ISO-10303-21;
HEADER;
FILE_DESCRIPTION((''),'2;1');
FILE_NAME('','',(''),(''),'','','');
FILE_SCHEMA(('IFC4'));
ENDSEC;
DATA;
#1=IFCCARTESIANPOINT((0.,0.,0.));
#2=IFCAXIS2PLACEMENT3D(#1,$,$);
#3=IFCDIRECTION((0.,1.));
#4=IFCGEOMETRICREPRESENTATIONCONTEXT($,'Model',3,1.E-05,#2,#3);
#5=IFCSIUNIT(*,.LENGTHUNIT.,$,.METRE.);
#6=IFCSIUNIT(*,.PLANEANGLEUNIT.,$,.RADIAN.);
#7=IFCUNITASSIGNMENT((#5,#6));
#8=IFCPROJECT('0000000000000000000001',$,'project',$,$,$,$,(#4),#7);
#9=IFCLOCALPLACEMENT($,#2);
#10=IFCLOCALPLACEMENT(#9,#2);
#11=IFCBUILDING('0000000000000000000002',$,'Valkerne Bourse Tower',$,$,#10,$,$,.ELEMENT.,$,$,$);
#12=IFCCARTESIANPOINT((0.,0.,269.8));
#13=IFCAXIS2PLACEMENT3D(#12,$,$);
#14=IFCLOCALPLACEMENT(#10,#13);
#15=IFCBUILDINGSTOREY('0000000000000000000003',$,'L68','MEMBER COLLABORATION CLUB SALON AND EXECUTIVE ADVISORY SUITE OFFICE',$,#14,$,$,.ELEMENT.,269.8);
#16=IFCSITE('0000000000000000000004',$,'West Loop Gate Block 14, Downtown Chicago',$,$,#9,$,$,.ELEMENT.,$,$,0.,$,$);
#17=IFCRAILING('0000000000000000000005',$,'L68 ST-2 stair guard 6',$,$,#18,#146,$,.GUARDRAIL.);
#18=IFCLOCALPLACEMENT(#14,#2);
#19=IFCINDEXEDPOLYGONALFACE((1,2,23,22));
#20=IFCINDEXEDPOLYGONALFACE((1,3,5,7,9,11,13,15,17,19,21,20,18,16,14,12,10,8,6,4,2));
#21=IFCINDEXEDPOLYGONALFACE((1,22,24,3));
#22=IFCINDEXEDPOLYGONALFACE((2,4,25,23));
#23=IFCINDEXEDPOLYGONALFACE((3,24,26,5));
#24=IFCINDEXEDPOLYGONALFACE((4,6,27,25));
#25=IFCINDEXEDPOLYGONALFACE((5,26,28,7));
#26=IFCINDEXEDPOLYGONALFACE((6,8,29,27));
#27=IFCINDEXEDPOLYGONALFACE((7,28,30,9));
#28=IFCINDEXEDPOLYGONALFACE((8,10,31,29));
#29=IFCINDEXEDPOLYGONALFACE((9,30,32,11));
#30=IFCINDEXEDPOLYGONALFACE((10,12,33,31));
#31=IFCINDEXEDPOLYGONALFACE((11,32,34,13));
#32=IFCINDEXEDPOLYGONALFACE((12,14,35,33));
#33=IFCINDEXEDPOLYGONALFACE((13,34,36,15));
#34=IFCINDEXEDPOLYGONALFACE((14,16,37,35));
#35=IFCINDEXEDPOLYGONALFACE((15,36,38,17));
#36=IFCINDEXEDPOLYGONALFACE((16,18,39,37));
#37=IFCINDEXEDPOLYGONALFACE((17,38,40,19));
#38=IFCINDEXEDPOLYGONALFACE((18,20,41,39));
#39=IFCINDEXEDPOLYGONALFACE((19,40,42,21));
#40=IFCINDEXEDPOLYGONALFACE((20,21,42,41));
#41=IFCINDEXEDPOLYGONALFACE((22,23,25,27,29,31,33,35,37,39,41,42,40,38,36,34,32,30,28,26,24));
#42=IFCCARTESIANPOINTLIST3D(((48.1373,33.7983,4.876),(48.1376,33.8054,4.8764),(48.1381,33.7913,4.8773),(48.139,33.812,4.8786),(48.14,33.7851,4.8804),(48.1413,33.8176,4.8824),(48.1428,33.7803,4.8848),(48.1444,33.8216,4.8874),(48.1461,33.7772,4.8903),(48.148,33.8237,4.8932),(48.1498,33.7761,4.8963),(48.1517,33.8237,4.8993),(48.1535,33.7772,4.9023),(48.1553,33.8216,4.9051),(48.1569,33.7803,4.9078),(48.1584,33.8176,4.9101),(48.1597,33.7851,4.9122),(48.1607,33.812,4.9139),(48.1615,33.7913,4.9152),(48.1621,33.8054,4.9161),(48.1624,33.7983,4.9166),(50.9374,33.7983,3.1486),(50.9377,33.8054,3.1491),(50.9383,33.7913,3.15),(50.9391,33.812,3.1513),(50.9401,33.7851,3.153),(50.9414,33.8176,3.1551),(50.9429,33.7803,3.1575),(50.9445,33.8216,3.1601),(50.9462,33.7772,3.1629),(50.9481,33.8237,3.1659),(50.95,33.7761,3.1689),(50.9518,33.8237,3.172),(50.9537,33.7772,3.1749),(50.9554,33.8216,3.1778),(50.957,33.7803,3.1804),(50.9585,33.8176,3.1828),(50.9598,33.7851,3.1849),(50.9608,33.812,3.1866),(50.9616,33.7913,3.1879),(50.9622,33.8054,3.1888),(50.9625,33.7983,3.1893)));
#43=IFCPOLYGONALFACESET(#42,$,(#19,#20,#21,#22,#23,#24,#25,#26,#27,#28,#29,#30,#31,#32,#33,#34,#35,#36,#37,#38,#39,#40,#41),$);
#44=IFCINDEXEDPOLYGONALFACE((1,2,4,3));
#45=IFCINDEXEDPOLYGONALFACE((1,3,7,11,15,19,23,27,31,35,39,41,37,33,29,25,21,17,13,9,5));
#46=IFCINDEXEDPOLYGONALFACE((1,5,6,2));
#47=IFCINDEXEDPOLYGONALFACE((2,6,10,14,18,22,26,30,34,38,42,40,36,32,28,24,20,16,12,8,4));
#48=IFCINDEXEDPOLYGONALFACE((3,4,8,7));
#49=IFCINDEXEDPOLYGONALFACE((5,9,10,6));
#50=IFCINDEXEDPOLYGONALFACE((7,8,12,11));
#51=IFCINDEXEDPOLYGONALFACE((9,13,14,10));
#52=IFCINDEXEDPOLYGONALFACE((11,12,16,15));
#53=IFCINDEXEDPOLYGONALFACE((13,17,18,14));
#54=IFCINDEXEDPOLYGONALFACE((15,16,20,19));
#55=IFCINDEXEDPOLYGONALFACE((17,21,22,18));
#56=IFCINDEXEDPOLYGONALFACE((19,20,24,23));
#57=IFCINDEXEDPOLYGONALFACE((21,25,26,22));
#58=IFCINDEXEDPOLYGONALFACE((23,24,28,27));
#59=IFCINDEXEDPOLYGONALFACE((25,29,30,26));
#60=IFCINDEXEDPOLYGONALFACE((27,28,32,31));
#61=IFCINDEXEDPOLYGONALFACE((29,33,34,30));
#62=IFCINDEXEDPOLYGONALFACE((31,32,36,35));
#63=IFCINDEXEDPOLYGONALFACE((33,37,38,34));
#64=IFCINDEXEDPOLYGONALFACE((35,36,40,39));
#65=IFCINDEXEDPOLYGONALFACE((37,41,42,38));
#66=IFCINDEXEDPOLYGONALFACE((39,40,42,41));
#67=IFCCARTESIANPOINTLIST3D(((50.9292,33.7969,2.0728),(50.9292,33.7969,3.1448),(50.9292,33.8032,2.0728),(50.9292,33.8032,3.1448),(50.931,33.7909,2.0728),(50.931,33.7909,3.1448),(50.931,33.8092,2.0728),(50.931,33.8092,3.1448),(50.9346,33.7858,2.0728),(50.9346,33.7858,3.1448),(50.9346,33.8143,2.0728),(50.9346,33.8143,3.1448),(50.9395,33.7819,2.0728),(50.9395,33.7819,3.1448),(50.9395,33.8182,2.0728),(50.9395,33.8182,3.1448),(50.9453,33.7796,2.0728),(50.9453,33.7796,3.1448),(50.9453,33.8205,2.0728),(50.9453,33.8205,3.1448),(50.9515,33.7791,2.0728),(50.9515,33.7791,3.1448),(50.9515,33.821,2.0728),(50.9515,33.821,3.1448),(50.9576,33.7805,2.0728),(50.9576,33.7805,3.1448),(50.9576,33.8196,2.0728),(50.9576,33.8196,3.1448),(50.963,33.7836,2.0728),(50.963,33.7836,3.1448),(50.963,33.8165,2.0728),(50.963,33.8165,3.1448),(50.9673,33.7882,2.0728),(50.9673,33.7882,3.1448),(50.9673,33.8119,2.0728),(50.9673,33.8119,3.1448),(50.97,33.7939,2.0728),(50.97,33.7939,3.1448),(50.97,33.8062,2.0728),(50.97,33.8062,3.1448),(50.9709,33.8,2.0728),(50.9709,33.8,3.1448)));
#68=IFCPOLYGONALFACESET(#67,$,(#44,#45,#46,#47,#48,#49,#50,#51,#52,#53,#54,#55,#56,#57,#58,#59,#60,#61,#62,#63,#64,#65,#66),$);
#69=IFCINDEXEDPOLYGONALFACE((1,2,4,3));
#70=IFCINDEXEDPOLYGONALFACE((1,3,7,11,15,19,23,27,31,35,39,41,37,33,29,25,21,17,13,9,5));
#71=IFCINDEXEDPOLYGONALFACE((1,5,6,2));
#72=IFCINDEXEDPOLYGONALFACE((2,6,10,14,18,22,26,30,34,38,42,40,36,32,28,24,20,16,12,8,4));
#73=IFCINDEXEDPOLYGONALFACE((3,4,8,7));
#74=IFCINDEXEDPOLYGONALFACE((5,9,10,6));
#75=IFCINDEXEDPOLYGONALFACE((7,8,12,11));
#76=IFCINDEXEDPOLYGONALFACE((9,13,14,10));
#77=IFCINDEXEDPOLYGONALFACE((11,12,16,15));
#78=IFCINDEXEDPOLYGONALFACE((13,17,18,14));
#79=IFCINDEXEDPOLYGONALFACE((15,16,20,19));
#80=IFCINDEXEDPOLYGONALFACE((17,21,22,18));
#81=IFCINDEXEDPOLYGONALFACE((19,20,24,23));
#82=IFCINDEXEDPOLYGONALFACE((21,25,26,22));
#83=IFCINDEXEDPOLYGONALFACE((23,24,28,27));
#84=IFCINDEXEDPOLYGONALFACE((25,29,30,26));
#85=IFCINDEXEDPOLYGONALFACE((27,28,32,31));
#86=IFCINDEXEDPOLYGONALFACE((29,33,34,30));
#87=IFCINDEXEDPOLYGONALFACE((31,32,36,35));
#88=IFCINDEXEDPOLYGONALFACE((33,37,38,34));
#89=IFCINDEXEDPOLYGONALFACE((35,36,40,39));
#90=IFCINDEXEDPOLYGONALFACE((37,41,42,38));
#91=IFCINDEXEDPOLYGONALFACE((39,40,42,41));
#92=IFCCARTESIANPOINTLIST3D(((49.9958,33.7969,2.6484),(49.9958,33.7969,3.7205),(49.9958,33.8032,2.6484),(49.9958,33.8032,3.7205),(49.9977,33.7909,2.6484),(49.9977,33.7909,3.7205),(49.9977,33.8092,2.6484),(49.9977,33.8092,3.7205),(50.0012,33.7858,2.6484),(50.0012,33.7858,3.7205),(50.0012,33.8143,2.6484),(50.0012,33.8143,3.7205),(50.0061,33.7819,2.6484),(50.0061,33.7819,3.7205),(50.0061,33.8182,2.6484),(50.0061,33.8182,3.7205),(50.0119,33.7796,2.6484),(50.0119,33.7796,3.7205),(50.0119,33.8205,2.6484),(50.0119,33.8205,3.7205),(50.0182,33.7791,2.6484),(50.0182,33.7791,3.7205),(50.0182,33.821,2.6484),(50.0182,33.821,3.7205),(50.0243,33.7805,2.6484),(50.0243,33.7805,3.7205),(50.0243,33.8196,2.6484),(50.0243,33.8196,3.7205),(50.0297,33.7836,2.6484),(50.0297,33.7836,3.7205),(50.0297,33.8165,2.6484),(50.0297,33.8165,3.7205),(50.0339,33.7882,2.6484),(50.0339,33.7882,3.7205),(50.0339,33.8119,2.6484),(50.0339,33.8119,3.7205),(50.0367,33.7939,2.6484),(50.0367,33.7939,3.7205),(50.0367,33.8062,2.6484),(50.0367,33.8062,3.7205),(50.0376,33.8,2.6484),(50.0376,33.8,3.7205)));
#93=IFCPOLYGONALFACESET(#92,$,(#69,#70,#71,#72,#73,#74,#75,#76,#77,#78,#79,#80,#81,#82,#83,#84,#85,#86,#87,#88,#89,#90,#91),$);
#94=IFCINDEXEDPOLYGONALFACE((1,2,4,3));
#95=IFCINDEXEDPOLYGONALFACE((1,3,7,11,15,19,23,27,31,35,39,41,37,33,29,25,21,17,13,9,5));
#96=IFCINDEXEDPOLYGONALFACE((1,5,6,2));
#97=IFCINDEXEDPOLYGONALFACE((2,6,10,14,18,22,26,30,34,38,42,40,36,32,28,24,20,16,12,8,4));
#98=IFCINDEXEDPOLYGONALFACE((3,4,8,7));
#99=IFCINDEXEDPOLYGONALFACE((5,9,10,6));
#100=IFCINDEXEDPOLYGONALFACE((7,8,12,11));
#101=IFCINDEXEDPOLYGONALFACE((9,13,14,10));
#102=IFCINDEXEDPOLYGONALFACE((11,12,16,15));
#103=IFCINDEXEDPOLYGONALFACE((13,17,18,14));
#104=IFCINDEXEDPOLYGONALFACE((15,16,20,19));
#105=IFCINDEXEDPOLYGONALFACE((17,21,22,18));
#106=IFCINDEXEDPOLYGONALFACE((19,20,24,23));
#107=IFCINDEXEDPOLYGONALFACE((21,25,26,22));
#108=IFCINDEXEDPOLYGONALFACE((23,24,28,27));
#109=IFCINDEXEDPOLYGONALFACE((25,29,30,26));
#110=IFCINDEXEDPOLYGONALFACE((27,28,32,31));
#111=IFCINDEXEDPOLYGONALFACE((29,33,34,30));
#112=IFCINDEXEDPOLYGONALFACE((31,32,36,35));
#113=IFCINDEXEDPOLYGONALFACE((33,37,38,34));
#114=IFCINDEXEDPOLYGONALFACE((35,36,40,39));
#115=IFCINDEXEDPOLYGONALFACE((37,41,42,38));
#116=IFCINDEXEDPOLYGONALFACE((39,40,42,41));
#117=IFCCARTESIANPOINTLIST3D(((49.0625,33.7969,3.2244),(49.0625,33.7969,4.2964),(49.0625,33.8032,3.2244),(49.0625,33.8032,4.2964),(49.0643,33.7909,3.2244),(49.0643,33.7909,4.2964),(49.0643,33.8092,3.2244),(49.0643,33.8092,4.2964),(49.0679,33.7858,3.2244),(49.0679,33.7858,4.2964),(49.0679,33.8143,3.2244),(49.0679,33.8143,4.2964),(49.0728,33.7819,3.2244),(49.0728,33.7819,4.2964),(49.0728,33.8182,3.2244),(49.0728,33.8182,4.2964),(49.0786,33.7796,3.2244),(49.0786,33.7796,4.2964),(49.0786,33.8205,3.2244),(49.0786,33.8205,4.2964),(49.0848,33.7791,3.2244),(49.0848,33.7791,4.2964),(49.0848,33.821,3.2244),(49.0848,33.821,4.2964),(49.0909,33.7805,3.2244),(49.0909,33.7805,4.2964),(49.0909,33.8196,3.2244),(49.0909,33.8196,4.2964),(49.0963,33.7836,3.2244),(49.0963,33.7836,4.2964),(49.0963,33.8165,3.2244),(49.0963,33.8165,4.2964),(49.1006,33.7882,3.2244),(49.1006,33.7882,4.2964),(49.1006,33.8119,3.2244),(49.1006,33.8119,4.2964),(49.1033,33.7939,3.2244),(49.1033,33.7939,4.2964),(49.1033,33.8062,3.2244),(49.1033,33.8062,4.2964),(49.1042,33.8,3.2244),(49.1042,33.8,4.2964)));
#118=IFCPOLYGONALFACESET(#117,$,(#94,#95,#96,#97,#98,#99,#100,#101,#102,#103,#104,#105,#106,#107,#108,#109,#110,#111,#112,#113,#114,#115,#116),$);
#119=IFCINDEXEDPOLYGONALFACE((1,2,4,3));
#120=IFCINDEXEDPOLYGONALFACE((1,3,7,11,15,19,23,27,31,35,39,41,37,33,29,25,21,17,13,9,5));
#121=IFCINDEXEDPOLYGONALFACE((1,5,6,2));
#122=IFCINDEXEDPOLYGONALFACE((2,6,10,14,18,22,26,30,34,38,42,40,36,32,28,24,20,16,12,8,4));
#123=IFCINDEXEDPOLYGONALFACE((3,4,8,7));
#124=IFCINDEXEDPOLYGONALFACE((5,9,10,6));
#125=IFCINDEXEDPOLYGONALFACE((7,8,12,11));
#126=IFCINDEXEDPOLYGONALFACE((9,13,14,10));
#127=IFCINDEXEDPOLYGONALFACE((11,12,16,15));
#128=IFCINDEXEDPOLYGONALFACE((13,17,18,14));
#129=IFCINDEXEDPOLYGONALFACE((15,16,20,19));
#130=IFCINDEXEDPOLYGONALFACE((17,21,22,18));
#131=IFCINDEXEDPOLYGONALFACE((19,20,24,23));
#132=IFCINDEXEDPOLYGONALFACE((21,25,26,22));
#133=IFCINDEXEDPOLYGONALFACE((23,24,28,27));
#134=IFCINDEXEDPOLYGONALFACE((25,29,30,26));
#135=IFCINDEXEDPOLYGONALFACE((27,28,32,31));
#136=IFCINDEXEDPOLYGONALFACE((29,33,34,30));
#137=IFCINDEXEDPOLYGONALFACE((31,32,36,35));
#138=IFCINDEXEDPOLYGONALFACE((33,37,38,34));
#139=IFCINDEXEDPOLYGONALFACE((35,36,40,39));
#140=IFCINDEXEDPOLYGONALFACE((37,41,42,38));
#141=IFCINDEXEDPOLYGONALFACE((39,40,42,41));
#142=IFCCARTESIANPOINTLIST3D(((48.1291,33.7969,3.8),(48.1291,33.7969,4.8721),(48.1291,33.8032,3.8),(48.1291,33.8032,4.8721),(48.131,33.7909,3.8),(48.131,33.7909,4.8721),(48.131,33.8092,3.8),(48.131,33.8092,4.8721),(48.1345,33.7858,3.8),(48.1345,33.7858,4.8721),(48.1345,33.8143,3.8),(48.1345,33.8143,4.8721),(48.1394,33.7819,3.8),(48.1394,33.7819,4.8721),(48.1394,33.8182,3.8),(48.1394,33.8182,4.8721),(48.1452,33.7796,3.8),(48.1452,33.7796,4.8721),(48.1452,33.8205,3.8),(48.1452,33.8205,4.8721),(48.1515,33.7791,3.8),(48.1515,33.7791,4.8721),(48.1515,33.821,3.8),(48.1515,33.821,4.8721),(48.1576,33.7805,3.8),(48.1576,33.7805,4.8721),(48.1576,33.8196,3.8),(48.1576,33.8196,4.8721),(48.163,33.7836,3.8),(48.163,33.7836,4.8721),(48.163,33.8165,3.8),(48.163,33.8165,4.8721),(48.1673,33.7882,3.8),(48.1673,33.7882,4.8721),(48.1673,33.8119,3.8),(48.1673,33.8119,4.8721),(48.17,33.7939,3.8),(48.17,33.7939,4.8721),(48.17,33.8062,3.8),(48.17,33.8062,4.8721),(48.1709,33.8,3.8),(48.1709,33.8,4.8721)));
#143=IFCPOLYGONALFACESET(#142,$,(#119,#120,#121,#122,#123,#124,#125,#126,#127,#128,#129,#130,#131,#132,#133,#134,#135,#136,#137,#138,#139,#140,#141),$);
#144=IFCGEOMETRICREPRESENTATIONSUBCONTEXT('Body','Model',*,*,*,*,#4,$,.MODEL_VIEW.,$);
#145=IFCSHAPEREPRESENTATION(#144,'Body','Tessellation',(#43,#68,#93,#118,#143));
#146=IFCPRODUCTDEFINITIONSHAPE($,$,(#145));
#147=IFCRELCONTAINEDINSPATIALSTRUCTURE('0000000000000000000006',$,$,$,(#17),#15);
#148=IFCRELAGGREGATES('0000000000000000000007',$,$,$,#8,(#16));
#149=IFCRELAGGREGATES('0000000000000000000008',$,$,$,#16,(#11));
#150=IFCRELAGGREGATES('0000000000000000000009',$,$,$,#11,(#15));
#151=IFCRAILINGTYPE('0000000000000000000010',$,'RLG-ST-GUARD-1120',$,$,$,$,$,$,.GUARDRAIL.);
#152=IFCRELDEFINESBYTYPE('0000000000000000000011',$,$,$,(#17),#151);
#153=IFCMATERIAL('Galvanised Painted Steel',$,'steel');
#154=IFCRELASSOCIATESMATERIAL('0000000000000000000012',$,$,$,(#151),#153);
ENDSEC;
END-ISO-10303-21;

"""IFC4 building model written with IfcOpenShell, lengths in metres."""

from ifc_helpers import new_model, si_unit, direction, frame, origin, origin_2d, place, context, subcontext, project, spatial, circle, extrude, material, type_object, element, save


model = new_model("IFC4")

# Units and contexts
model_context = context("Model", 3, precision=1e-05, world=origin(), true_north=direction((0.0, 1.0)))
body_context = subcontext(model_context, "Body", "Model", "MODEL_VIEW")
ifc_project = project(units=[si_unit("LENGTHUNIT", "METRE"), si_unit("PLANEANGLEUNIT", "RADIAN")], contexts=[model_context])

# Site, building, storey
site_placement = place(None, origin())
site = spatial("IfcSite", under=ifc_project, at=site_placement, Name="West Loop Gate Block 14, Downtown Chicago", CompositionType="ELEMENT", RefElevation=0.0)
building_placement = place(site_placement, origin())
building = spatial("IfcBuilding", under=site, at=building_placement, Name="Valkerne Bourse Tower", CompositionType="ELEMENT")
storey_placement = place(building_placement, frame((0.0, 0.0, 269.8)))
storey = spatial("IfcBuildingStorey", under=building, at=storey_placement, Name="L68", Description="MEMBER COLLABORATION CLUB SALON AND EXECUTIVE ADVISORY SUITE OFFICE", CompositionType="ELEMENT", Elevation=269.8)

# Shared definitions
ifc_material_1 = material(Name="Galvanised Painted Steel", Category="steel")

# Railing
railing_type_1 = type_object("IfcRailingType", Name="RLG-ST-GUARD-1120", PredefinedType="GUARDRAIL", material=ifc_material_1)
railing_1_placement = place(storey_placement, frame((50.95, 33.8, 2.0728)))
element("IfcRailing", 1, at=railing_1_placement, inside=storey, type_object=railing_type_1, Name="L68 ST-2 stair guard 6", PredefinedType="GUARDRAIL", context=body_context, shape_type="SweptSolid", body=[
    extrude(circle(Radius=0.0239, at=origin_2d()), frame((0.0, 0.0, 1.0962), z_axis=(-0.85109, 0.0, 0.52502), x_axis=(0.0, -1.0, 0.0)), (0.0, 0.0, 1.0), 3.29),
    extrude(circle(Radius=0.021, at=origin_2d()), origin(), (0.0, 0.0, 1.0), 1.072),
    extrude(circle(Radius=0.021, at=origin_2d()), frame((-0.9333, 0.0, 0.5757)), (0.0, 0.0, 1.0), 1.072),
    extrude(circle(Radius=0.021, at=origin_2d()), frame((-1.8667, 0.0, 1.1516)), (0.0, 0.0, 1.0), 1.072),
    extrude(circle(Radius=0.021, at=origin_2d()), frame((-2.8, 0.0, 1.7273)), (0.0, 0.0, 1.0), 1.072),
])

save(model, "model.ifc")
